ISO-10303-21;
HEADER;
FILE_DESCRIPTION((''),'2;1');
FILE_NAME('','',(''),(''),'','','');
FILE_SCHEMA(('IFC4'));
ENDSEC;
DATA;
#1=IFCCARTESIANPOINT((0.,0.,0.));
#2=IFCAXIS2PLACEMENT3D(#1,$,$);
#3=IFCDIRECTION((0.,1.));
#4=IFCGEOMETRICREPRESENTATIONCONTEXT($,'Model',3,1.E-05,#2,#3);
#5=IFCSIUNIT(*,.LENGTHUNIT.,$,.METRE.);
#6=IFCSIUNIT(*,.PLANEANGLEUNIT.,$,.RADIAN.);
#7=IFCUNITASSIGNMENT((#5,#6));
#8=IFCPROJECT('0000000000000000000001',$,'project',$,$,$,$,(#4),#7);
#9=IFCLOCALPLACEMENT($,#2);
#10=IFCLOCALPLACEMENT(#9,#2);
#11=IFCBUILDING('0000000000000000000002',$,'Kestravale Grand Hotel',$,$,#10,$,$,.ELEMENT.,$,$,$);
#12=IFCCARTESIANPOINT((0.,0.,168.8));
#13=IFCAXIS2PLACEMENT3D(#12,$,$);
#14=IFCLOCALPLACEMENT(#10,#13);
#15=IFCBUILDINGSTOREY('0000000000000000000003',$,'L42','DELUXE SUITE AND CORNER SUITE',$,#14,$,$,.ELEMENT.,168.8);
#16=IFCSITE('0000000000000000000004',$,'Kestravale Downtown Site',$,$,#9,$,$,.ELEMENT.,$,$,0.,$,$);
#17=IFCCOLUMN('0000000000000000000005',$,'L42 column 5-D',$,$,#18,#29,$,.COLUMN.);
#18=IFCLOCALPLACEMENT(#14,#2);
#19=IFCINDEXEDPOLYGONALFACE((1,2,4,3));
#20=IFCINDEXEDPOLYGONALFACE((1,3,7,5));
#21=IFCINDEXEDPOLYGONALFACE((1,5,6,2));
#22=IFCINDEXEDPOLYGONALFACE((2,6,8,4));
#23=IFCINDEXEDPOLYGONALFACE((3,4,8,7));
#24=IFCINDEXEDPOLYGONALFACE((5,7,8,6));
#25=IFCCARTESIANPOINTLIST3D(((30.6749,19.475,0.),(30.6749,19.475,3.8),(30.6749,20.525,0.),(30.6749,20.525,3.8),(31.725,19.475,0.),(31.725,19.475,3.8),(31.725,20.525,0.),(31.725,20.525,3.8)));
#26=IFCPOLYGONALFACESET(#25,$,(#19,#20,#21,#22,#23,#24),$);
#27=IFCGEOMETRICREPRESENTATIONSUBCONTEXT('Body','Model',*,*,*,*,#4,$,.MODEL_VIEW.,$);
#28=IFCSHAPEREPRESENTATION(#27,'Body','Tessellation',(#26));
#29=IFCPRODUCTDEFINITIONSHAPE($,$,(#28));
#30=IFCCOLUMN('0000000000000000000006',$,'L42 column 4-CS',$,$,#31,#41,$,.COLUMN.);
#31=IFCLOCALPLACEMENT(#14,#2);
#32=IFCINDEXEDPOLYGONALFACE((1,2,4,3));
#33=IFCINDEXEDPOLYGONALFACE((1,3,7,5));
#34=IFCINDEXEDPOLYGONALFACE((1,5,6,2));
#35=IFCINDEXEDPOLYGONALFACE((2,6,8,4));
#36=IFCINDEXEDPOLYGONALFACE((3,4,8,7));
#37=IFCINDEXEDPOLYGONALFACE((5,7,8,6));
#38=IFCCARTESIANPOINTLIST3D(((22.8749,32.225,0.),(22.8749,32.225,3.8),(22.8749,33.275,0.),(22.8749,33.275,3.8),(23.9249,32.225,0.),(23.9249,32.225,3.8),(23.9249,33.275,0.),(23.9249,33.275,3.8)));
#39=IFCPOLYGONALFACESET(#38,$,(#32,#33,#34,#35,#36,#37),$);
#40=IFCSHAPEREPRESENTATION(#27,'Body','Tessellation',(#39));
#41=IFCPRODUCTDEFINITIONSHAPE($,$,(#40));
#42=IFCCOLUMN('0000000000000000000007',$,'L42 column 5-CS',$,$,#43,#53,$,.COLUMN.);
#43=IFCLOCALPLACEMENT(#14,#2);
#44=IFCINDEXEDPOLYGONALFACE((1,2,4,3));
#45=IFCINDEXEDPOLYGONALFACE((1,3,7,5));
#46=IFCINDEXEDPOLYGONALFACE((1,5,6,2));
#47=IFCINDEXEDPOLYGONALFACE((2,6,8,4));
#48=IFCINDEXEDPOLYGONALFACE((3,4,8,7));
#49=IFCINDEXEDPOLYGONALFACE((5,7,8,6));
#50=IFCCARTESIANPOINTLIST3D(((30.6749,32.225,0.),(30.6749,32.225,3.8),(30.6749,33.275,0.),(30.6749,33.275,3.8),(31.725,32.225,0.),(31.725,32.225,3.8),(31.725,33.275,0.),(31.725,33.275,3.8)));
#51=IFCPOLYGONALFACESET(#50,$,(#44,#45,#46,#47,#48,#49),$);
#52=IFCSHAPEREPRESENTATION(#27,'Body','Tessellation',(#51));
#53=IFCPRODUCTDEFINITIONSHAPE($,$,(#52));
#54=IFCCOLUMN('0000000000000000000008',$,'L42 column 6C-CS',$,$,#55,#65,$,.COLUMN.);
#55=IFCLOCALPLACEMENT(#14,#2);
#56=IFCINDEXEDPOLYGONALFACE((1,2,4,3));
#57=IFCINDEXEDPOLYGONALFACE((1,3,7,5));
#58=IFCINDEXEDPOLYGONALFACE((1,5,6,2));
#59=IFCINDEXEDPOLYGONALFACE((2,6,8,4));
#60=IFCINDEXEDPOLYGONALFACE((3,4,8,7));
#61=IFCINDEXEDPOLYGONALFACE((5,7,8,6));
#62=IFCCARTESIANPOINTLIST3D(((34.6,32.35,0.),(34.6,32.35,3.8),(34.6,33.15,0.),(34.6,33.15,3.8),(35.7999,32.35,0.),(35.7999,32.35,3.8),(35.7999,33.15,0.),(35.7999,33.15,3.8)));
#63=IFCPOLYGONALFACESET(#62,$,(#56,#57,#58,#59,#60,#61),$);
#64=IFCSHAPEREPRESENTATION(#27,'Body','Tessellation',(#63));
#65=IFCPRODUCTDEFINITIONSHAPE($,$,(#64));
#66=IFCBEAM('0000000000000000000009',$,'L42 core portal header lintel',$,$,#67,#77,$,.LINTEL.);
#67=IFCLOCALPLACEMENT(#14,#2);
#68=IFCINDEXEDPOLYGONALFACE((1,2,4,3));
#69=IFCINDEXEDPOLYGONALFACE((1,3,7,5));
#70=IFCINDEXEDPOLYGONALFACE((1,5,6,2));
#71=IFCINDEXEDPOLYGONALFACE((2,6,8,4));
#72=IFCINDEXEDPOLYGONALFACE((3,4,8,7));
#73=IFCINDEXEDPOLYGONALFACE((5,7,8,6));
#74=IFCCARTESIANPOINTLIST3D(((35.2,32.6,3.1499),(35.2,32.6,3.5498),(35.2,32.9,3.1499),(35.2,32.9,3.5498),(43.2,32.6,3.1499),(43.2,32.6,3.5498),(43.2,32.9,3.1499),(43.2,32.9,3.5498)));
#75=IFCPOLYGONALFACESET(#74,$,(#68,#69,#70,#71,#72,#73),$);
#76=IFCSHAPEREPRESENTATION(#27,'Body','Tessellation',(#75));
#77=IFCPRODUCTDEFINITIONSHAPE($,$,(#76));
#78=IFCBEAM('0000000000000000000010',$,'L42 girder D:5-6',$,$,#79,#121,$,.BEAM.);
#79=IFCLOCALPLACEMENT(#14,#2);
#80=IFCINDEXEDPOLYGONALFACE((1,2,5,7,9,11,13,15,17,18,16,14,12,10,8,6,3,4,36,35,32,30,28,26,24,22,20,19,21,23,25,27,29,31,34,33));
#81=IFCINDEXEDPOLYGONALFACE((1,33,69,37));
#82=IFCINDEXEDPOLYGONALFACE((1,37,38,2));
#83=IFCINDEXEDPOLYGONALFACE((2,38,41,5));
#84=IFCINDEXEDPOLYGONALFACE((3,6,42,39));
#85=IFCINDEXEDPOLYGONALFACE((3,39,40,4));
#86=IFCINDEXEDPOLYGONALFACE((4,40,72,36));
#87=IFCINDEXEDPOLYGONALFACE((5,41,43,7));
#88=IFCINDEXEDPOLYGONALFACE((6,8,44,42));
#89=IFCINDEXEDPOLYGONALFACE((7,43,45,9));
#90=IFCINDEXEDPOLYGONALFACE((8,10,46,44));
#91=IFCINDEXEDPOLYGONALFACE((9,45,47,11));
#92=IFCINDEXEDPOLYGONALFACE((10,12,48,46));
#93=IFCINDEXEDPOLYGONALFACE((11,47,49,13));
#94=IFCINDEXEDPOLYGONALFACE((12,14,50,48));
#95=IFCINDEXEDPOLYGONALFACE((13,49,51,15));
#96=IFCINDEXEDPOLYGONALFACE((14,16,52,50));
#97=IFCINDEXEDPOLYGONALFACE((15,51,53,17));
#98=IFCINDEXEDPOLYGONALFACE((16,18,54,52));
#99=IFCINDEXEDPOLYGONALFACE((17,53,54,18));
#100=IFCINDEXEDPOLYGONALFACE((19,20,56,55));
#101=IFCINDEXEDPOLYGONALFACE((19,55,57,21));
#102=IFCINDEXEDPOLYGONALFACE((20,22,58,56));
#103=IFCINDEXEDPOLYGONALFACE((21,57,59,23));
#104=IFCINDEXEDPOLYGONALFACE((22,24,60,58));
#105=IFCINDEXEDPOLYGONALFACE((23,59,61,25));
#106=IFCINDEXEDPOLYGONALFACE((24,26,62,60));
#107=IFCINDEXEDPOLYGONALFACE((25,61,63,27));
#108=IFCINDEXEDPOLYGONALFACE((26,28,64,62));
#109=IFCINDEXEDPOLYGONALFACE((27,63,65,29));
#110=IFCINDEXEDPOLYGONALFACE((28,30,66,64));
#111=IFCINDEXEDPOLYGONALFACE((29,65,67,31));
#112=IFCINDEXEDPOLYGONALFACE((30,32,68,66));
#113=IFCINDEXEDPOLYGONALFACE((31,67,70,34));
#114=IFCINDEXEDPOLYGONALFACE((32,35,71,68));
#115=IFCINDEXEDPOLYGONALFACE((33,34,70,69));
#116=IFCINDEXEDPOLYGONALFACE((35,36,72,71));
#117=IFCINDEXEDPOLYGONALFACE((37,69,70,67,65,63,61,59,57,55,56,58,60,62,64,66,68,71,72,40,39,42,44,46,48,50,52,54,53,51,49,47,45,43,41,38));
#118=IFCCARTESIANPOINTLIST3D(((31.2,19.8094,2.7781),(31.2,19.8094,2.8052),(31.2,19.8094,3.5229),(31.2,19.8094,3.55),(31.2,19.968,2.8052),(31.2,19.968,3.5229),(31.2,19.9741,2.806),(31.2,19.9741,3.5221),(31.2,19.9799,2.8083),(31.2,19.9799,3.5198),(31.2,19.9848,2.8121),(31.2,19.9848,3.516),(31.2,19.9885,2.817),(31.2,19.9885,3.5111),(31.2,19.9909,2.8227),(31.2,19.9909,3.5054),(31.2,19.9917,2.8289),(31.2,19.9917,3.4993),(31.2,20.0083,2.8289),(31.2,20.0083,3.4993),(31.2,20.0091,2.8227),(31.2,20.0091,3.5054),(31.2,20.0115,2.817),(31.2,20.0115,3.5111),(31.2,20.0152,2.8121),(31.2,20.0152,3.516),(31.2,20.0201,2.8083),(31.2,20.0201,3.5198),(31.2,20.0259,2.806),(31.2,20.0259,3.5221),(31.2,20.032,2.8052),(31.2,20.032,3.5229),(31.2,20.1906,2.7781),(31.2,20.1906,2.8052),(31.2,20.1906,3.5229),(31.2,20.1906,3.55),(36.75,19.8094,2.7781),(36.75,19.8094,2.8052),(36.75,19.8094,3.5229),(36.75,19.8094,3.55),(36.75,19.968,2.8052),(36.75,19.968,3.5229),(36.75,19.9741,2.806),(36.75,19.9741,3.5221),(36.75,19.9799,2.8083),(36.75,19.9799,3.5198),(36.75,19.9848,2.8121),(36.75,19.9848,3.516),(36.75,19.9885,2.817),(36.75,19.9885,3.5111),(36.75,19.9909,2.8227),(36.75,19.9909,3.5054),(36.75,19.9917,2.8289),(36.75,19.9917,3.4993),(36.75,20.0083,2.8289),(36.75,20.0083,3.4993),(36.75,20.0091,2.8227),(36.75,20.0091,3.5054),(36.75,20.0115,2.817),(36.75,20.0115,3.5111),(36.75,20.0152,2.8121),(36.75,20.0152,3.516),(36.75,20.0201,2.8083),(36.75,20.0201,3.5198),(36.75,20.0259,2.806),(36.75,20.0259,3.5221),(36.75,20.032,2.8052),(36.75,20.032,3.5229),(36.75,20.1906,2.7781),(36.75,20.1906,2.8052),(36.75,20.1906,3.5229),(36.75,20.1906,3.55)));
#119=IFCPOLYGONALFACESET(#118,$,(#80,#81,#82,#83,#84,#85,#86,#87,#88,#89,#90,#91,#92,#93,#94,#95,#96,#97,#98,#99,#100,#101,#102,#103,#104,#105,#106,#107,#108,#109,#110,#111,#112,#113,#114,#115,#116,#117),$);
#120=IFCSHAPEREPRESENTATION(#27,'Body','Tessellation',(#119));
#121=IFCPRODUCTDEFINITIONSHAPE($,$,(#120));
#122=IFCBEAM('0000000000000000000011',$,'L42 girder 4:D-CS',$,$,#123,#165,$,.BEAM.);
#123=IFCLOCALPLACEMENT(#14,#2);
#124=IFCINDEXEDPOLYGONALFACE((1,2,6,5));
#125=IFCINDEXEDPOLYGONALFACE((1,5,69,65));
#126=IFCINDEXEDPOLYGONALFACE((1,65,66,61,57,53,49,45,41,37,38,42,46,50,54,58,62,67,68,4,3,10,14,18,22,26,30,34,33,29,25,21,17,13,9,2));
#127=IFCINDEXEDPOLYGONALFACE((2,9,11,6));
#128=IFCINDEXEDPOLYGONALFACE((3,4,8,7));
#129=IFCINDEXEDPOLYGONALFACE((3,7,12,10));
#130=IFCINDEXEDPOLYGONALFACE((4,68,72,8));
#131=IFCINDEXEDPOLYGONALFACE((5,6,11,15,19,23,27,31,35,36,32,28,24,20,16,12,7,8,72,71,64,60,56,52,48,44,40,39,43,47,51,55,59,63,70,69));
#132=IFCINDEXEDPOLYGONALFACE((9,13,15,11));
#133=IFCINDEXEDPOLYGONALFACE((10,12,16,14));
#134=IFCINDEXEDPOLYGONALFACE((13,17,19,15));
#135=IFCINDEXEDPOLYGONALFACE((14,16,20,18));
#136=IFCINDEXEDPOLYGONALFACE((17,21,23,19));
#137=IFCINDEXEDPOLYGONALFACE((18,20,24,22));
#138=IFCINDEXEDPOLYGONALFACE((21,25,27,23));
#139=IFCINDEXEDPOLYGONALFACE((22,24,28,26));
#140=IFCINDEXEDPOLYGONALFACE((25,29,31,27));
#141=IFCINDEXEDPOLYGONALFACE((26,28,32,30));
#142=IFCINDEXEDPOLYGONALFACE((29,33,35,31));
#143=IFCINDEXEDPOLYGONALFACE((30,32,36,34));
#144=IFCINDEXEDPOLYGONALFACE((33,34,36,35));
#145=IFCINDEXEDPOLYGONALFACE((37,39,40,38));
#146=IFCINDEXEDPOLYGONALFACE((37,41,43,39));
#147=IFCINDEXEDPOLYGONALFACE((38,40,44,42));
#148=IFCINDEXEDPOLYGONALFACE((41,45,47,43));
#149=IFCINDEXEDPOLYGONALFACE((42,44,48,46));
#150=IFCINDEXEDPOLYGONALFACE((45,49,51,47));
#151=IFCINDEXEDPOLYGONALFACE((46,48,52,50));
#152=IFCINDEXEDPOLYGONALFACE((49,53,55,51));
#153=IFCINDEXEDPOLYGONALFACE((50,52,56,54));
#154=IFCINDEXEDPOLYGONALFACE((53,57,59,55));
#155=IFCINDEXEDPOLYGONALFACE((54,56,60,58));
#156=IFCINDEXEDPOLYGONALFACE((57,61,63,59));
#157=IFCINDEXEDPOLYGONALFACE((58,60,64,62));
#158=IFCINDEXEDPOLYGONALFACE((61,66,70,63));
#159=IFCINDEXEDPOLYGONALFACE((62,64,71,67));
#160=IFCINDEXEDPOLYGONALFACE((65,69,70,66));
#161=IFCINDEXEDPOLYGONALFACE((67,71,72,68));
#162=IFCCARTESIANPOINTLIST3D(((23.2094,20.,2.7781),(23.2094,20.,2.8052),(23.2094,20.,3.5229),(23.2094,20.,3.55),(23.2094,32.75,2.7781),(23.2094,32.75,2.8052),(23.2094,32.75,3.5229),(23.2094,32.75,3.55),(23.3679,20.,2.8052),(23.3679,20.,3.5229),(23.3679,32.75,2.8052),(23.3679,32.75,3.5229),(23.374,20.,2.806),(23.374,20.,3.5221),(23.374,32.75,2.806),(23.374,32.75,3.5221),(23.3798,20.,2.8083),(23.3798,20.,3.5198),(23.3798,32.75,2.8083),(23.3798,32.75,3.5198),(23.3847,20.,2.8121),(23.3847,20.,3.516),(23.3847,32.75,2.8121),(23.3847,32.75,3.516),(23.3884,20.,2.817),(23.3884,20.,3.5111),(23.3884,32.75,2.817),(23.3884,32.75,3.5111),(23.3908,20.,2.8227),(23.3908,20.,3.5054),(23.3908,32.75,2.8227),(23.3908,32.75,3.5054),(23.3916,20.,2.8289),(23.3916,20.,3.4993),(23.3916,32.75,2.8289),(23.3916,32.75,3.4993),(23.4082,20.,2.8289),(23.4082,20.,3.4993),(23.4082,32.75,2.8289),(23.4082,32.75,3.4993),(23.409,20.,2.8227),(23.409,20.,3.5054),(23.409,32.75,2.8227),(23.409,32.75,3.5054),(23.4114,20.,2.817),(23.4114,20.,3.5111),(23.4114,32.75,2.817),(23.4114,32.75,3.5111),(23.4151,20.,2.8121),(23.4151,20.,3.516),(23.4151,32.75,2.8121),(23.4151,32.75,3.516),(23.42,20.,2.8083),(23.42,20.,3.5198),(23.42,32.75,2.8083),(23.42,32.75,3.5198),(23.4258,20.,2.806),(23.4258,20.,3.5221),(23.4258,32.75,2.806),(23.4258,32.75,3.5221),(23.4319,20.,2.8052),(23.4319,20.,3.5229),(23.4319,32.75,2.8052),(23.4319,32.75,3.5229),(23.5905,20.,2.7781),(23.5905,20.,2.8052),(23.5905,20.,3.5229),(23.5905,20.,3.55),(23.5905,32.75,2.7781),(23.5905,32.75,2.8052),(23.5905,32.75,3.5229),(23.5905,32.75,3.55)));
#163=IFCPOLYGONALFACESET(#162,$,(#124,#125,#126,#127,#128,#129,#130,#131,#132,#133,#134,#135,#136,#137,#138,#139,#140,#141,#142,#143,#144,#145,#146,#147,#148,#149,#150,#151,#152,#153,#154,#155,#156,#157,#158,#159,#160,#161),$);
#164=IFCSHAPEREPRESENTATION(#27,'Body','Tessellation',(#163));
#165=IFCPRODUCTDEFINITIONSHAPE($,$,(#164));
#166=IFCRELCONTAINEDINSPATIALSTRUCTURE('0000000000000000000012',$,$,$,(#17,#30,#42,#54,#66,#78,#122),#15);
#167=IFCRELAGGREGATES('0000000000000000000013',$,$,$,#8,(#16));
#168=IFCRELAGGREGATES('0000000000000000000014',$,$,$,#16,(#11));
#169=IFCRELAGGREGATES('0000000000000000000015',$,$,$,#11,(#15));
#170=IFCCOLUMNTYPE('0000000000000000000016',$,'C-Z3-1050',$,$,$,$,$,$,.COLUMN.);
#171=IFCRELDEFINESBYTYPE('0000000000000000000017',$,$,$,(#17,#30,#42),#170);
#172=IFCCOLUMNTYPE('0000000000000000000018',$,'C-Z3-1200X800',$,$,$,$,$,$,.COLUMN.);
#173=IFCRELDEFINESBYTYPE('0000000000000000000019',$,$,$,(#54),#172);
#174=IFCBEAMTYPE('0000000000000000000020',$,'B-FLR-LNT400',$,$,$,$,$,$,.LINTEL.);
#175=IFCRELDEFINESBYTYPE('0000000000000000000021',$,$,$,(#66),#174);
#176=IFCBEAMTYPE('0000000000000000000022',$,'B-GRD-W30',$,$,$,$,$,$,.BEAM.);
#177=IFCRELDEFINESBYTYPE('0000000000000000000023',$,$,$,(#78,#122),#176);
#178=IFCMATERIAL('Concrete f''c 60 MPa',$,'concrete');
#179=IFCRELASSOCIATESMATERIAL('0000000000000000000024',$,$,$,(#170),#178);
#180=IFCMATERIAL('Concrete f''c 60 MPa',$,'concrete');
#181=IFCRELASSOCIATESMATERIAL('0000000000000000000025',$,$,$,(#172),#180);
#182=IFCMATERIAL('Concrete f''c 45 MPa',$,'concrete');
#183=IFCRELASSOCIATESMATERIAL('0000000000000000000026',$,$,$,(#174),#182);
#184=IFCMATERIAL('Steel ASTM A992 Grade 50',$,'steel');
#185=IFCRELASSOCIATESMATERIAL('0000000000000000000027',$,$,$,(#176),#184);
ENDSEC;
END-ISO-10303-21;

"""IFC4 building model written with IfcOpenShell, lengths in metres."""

from ifc_helpers import new_model, si_unit, direction, frame, origin, origin_2d, place, context, subcontext, project, spatial, rectangle, i_section, extrude, material, material_profile, profile_set, type_object, element, save


model = new_model("IFC4")

# Units and contexts
model_context = context("Model", 3, precision=1e-05, world=origin(), true_north=direction((0.0, 1.0)))
body_context = subcontext(model_context, "Body", "Model", "MODEL_VIEW")
ifc_project = project(units=[si_unit("LENGTHUNIT", "METRE"), si_unit("PLANEANGLEUNIT", "RADIAN")], contexts=[model_context])

# Site, building, storey
site_placement = place(None, origin())
site = spatial("IfcSite", under=ifc_project, at=site_placement, Name="Kestravale Downtown Site", CompositionType="ELEMENT", RefElevation=0.0)
building_placement = place(site_placement, origin())
building = spatial("IfcBuilding", under=site, at=building_placement, Name="Kestravale Grand Hotel", CompositionType="ELEMENT")
storey_placement = place(building_placement, frame((0.0, 0.0, 168.8)))
storey = spatial("IfcBuildingStorey", under=building, at=storey_placement, Name="L42", Description="DELUXE SUITE AND CORNER SUITE", CompositionType="ELEMENT", Elevation=168.8)

# Columns
ifc_material_1 = material(Name="Concrete f'c 60 MPa", Category="concrete")
ifc_material_profile_1 = material_profile(ifc_material_1, rectangle(XDim=1.05, YDim=1.05, at=origin_2d()))
ifc_profile_set_1 = profile_set([ifc_material_profile_1], Name="Concrete f'c 60 MPa")
column_type_1 = type_object("IfcColumnType", Name="C-Z3-1050", PredefinedType="COLUMN", material=ifc_profile_set_1)
for number, where, z_axis, x_axis, name in (
    (1, (31.2, 20.0, 0.0), (0.0, 0.0, 1.0), (1.0, 0.0, 0.0), "L42 column 5-D"),
    (2, (23.3999, 32.75, 0.0), (0.0, 0.0, 1.0), (1.0, 0.0, 0.0), "L42 column 4-CS"),
    (3, (31.2, 32.75, 0.0), (0.0, 0.0, 1.0), (1.0, 0.0, 0.0), "L42 column 5-CS"),
):
    element("IfcColumn", number, at=place(storey_placement, frame(where, z_axis=z_axis, x_axis=x_axis)), inside=storey, type_object=column_type_1, Name=name, PredefinedType="COLUMN", context=body_context, shape_type="SweptSolid", body=[
        extrude(rectangle(XDim=1.05, YDim=1.05, at=origin_2d()), origin(), (0.0, 0.0, 1.0), 3.8),
    ])
ifc_material_2 = material(Name="Concrete f'c 60 MPa", Category="concrete")
ifc_material_profile_2 = material_profile(ifc_material_2, rectangle(XDim=1.2, YDim=0.8, at=origin_2d()))
ifc_profile_set_2 = profile_set([ifc_material_profile_2], Name="Concrete f'c 60 MPa")
column_type_2 = type_object("IfcColumnType", Name="C-Z3-1200X800", PredefinedType="COLUMN", material=ifc_profile_set_2)
column_placement = place(storey_placement, frame((35.2, 32.75, 0.0), z_axis=(0.0, 0.0, 1.0), x_axis=(1.0, 0.0, 0.0)))
element("IfcColumn", 4, at=column_placement, inside=storey, type_object=column_type_2, Name="L42 column 6C-CS", PredefinedType="COLUMN", context=body_context, shape_type="SweptSolid", body=[
    extrude(rectangle(XDim=1.2, YDim=0.8, at=origin_2d()), origin(), (0.0, 0.0, 1.0), 3.8),
])

# Beams
ifc_material_3 = material(Name="Concrete f'c 45 MPa", Category="concrete")
ifc_material_profile_3 = material_profile(ifc_material_3, rectangle(XDim=0.3, YDim=0.3999, at=origin_2d()))
ifc_profile_set_3 = profile_set([ifc_material_profile_3], Name="Concrete f'c 45 MPa")
beam_type_1 = type_object("IfcBeamType", Name="B-FLR-LNT400", PredefinedType="LINTEL", material=ifc_profile_set_3)
beam_1_placement = place(storey_placement, frame((35.2, 32.75, 3.3499), z_axis=(1.0, 0.0, 0.0), x_axis=(0.0, 1.0, 0.0)))
element("IfcBeam", 5, at=beam_1_placement, inside=storey, type_object=beam_type_1, Name="L42 core portal header lintel", PredefinedType="LINTEL", context=body_context, shape_type="SweptSolid", body=[
    extrude(rectangle(XDim=0.3, YDim=0.3999, at=origin_2d()), origin(), (0.0, 0.0, 1.0), 8.0),
])
ifc_material_4 = material(Name="Steel ASTM A992 Grade 50", Category="steel")
ifc_material_profile_4 = material_profile(ifc_material_4, i_section(OverallWidth=0.3811, OverallDepth=0.772, WebThickness=0.0166, FlangeThickness=0.0271, FilletRadius=0.0237, at=origin_2d()))
ifc_profile_set_4 = profile_set([ifc_material_profile_4], Name="Steel ASTM A992 Grade 50")
beam_type_2 = type_object("IfcBeamType", Name="B-GRD-W30", PredefinedType="BEAM", material=ifc_profile_set_4)
beam_2_placement = place(storey_placement, frame((31.2, 20.0, 3.1641), z_axis=(1.0, 0.0, 0.0), x_axis=(0.0, 1.0, 0.0)))
element("IfcBeam", 6, at=beam_2_placement, inside=storey, type_object=beam_type_2, Name="L42 girder D:5-6", PredefinedType="BEAM", context=body_context, shape_type="SweptSolid", body=[
    extrude(i_section(OverallWidth=0.3811, OverallDepth=0.772, WebThickness=0.0166, FlangeThickness=0.0271, FilletRadius=0.0237, at=origin_2d()), origin(), (0.0, 0.0, 1.0), 5.55),
])
for number, where, z_axis, x_axis, name in (
    (7, (23.3999, 20.0, 3.1641), (0.0, 1.0, 0.0), (-1.0, 0.0, 0.0), "L42 girder 4:D-CS"),
):
    element("IfcBeam", number, at=place(storey_placement, frame(where, z_axis=z_axis, x_axis=x_axis)), inside=storey, type_object=beam_type_2, Name=name, PredefinedType="BEAM", context=body_context, shape_type="SweptSolid", body=[
        extrude(i_section(OverallWidth=0.3811, OverallDepth=0.772, WebThickness=0.0166, FlangeThickness=0.0271, FilletRadius=0.0237, at=origin_2d()), origin(), (0.0, 0.0, 1.0), 12.75),
    ])

save(model, "model.ifc")
